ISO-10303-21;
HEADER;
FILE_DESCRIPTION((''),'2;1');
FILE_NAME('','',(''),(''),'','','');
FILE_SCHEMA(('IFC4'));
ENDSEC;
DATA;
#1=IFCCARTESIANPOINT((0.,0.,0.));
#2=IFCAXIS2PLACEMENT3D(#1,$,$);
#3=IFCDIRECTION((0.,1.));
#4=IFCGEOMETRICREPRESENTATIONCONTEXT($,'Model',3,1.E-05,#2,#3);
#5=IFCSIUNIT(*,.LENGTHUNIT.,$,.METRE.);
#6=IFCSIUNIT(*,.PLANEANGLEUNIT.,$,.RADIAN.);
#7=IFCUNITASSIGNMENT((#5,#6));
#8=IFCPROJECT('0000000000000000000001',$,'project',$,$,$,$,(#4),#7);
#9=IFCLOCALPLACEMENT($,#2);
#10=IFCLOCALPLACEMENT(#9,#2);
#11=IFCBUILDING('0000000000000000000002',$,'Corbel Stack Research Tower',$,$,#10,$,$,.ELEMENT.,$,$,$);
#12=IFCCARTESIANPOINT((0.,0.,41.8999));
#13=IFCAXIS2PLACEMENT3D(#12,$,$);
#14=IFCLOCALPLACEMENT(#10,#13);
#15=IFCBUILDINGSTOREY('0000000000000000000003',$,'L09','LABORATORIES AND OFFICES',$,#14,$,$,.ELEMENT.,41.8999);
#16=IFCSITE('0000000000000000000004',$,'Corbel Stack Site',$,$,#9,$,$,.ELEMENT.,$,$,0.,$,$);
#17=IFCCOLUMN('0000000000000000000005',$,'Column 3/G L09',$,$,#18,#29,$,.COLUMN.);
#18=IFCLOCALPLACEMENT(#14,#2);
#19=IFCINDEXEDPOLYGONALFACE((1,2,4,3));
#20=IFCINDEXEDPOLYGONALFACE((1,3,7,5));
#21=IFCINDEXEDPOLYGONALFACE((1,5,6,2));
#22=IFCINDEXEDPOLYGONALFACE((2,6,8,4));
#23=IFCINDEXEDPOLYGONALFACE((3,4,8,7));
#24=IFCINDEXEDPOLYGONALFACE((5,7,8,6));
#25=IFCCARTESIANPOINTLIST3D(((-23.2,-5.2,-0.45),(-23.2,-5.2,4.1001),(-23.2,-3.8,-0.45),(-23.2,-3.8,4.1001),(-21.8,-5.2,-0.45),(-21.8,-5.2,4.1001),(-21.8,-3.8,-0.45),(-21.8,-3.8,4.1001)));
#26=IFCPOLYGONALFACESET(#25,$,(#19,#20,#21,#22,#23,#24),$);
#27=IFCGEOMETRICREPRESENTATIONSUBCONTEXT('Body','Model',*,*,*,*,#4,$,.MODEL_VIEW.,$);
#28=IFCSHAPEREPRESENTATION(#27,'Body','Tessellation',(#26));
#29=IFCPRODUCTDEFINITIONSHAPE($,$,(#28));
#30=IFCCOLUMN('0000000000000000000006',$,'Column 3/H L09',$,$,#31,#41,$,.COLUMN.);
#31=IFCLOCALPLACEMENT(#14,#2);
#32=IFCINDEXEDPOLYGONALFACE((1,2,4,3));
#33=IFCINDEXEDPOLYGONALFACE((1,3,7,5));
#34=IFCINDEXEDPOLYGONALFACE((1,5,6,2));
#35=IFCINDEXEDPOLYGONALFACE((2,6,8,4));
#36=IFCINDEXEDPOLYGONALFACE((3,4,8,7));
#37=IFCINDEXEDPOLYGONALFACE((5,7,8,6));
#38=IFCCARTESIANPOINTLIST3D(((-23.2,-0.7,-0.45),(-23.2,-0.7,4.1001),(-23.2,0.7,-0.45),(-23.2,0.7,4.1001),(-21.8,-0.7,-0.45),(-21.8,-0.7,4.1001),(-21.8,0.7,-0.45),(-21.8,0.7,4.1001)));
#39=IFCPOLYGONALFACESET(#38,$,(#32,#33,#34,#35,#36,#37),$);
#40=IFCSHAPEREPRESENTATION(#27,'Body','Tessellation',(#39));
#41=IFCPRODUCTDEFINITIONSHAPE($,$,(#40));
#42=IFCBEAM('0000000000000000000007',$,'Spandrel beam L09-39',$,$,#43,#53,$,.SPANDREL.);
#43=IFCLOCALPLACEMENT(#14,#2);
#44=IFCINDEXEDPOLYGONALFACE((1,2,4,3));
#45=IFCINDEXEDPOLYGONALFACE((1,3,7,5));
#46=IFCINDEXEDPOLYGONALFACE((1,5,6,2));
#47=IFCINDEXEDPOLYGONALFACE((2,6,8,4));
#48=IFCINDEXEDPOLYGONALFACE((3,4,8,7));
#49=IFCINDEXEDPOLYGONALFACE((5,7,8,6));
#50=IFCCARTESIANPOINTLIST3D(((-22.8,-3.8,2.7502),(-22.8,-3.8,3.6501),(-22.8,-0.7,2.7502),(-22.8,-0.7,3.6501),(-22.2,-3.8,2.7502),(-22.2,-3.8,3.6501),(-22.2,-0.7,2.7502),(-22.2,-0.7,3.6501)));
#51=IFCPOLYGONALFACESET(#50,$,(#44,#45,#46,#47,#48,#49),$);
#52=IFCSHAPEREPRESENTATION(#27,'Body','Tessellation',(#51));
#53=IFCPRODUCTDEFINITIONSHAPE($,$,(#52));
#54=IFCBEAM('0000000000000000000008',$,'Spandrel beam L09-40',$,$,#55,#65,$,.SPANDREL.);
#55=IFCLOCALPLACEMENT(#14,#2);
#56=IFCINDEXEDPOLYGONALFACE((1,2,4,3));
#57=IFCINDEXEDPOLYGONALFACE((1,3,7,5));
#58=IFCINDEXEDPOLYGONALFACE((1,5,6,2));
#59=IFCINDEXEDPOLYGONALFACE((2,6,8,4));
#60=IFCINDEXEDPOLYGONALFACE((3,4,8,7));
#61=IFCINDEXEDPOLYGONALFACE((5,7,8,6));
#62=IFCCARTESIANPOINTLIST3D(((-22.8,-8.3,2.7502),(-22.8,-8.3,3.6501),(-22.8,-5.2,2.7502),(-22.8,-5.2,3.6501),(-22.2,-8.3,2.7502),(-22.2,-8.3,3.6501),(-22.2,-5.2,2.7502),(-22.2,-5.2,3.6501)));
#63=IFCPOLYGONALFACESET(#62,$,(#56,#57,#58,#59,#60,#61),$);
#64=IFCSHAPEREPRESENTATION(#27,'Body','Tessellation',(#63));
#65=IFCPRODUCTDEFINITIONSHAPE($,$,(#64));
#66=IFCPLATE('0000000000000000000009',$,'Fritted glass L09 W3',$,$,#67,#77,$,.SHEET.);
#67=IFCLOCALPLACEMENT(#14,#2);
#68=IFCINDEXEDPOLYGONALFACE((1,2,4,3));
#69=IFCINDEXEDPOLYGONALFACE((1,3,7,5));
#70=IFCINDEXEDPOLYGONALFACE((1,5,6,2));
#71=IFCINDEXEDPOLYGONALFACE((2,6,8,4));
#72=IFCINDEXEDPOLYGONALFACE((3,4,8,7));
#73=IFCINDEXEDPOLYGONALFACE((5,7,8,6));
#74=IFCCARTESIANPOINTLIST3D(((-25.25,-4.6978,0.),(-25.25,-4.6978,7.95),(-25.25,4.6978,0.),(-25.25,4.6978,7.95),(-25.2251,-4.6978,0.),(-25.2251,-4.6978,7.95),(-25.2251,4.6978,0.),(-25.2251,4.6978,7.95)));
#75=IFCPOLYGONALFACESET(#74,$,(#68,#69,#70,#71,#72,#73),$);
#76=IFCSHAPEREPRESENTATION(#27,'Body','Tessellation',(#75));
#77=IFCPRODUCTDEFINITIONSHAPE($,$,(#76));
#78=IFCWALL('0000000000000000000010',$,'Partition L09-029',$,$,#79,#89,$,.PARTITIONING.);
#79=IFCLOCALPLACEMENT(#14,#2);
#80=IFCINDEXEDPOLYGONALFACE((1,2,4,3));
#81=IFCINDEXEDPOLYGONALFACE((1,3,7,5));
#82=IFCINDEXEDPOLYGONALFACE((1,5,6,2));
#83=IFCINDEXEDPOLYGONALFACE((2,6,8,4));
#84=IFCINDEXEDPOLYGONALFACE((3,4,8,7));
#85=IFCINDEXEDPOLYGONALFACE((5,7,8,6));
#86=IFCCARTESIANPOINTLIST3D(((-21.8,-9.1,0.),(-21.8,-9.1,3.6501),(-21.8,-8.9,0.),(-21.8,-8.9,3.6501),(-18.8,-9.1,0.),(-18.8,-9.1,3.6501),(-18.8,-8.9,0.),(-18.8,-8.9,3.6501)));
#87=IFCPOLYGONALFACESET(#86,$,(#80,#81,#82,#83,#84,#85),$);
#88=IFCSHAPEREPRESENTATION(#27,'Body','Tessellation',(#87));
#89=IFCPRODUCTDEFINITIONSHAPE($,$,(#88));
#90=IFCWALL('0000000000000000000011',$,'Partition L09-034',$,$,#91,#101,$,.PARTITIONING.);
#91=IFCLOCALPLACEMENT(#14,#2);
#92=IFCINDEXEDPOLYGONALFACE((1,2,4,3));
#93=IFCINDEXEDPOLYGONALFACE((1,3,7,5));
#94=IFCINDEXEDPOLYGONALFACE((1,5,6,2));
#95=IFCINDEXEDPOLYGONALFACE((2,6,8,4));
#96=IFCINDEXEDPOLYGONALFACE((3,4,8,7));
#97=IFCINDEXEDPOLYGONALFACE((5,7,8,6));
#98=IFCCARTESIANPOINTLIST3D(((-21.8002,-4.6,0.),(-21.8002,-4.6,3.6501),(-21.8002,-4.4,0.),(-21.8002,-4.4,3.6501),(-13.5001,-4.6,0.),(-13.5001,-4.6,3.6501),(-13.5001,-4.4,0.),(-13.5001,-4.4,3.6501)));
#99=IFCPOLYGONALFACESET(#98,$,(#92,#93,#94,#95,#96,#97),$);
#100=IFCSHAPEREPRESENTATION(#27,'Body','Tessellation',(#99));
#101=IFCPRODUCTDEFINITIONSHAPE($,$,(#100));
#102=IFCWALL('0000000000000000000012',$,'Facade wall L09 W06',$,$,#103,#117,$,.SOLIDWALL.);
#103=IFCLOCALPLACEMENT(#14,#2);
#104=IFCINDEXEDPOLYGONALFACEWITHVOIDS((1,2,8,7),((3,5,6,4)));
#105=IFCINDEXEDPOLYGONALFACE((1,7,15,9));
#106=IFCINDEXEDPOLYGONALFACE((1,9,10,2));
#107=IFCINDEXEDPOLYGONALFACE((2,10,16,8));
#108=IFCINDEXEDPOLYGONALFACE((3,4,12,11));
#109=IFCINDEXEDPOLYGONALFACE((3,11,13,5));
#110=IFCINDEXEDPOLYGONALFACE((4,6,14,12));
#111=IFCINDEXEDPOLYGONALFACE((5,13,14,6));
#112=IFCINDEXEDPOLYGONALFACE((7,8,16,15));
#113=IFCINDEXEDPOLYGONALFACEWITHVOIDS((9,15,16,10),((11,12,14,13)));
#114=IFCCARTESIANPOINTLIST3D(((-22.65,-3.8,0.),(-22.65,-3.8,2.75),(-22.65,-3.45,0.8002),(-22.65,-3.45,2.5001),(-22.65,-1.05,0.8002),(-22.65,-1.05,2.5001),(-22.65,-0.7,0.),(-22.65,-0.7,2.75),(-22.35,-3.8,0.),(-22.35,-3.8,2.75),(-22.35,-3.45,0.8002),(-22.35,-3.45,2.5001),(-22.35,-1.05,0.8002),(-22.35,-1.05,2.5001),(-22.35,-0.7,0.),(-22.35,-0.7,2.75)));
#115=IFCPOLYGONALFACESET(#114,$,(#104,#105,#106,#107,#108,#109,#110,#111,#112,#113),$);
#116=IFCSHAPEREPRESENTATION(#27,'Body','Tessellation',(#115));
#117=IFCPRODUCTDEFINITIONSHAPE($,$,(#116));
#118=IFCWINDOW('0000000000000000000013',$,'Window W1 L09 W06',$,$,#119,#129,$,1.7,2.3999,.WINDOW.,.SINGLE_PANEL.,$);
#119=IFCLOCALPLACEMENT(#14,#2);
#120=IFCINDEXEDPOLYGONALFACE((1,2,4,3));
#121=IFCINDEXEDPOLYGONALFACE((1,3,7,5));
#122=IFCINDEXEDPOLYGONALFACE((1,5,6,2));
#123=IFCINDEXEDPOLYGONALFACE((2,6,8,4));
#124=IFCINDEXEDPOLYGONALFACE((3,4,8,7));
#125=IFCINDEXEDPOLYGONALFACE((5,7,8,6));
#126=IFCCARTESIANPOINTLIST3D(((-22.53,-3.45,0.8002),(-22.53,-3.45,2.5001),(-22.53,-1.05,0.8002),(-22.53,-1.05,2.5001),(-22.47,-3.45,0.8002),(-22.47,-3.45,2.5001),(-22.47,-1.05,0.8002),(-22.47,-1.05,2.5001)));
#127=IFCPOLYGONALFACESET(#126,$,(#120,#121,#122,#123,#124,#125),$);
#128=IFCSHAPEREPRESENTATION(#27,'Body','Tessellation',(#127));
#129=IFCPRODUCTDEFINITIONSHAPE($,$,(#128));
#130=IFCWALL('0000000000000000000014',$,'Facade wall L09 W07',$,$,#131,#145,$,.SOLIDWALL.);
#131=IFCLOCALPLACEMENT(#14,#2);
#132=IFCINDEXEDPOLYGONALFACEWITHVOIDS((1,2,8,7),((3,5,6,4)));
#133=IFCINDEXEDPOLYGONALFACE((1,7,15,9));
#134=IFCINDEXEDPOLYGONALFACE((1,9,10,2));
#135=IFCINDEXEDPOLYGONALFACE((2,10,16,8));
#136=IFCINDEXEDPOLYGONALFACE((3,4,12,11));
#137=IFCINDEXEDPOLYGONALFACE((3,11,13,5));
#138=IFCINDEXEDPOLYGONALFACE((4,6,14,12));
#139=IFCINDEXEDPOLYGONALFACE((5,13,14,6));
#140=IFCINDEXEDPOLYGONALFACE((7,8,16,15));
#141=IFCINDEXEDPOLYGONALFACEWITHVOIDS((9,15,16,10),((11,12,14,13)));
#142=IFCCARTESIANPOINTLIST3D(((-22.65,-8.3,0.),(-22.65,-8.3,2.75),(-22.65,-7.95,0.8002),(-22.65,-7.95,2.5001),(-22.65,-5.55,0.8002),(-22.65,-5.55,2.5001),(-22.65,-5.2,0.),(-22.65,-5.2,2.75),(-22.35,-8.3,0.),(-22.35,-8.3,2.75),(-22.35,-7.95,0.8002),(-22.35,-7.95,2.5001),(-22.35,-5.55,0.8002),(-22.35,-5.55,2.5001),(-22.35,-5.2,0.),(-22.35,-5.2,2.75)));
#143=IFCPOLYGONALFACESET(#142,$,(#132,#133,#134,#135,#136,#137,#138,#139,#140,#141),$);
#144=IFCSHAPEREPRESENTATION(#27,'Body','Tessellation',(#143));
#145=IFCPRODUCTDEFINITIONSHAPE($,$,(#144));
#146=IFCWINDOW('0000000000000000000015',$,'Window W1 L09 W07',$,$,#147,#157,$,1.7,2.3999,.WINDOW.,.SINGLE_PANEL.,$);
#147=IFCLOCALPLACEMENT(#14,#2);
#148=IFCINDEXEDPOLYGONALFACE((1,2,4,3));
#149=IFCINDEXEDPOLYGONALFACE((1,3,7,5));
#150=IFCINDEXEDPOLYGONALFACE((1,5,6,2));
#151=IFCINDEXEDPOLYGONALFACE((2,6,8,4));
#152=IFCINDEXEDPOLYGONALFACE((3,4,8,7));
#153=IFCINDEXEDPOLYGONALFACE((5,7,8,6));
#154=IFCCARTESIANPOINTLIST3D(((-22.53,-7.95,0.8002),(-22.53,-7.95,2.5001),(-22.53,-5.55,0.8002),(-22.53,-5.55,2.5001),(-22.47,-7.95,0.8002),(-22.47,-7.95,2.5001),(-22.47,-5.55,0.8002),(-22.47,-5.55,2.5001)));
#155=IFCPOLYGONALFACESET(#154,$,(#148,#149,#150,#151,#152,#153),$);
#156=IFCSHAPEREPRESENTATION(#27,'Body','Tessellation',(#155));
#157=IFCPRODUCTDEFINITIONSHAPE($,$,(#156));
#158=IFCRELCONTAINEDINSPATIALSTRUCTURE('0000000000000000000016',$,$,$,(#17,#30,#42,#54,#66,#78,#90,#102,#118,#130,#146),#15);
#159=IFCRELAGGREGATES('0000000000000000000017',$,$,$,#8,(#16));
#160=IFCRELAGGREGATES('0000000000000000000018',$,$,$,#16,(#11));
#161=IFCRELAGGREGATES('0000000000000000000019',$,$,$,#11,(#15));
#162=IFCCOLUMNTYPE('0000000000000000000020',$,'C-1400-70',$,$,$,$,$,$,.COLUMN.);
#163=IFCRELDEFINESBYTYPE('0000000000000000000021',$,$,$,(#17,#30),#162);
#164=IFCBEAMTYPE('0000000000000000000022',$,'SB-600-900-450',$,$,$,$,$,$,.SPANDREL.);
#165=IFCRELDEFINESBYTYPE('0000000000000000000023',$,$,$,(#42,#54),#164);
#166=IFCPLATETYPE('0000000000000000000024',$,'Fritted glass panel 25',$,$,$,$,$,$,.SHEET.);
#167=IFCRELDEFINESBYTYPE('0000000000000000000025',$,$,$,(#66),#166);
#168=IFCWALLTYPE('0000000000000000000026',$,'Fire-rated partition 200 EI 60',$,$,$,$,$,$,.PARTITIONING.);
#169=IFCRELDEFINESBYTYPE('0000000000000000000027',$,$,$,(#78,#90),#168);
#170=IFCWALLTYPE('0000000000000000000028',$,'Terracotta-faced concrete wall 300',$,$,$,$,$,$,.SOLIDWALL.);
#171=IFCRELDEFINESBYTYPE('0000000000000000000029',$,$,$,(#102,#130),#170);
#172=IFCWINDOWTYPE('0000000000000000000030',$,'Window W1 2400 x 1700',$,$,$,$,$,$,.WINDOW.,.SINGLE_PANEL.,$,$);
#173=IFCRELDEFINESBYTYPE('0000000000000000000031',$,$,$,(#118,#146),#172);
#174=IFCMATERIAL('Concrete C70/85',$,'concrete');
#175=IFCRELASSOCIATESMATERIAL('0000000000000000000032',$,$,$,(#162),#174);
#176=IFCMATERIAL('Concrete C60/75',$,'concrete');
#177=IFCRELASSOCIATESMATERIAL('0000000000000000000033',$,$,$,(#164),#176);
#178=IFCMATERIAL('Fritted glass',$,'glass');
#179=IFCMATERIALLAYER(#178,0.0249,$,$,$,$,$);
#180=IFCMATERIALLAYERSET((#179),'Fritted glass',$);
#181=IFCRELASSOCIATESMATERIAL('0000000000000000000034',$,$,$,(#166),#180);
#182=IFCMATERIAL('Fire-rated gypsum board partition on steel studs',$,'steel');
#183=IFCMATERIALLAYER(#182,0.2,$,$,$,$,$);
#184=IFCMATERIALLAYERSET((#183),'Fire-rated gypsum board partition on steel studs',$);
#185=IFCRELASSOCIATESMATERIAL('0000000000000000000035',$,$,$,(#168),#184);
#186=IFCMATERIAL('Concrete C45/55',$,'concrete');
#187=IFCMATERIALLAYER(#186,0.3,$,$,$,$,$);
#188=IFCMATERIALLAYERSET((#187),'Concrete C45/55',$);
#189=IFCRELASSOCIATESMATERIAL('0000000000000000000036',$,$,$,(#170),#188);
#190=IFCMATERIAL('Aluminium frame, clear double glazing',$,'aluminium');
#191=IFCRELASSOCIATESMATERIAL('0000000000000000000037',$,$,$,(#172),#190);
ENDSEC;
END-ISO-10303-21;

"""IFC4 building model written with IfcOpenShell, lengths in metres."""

from ifc_helpers import new_model, si_unit, direction, frame, frame_2d, origin, origin_2d, place, context, subcontext, project, spatial, rectangle, extrude, material, layer, layer_set, material_profile, profile_set, type_object, element, fill, save


model = new_model("IFC4")

# Units and contexts
model_context = context("Model", 3, precision=1e-05, world=origin(), true_north=direction((0.0, 1.0)))
body_context = subcontext(model_context, "Body", "Model", "MODEL_VIEW")
ifc_project = project(units=[si_unit("LENGTHUNIT", "METRE"), si_unit("PLANEANGLEUNIT", "RADIAN")], contexts=[model_context])

# Site, building, storey
site_placement = place(None, origin())
site = spatial("IfcSite", under=ifc_project, at=site_placement, Name="Corbel Stack Site", CompositionType="ELEMENT", RefElevation=0.0)
building_placement = place(site_placement, origin())
building = spatial("IfcBuilding", under=site, at=building_placement, Name="Corbel Stack Research Tower", CompositionType="ELEMENT")
storey_placement = place(building_placement, frame((0.0, 0.0, 41.8999)))
storey = spatial("IfcBuildingStorey", under=building, at=storey_placement, Name="L09", Description="LABORATORIES AND OFFICES", CompositionType="ELEMENT", Elevation=41.8999)

# Columns
ifc_material_1 = material(Name="Concrete C70/85", Category="concrete")
ifc_material_profile_1 = material_profile(ifc_material_1, rectangle(XDim=1.3999, YDim=1.3999, at=origin_2d()), Name="RC 1400 x 1400")
ifc_profile_set_1 = profile_set([ifc_material_profile_1], Name="Concrete C70/85")
column_type = type_object("IfcColumnType", Name="C-1400-70", PredefinedType="COLUMN", material=ifc_profile_set_1)
for number, where, z_axis, x_axis, name in (
    (1, (-22.5, -4.5, -0.45), (0.0, 0.0, 1.0), (1.0, 0.0, 0.0), "Column 3/G L09"),
    (2, (-22.5, 0.0, -0.45), (0.0, 0.0, 1.0), (1.0, 0.0, 0.0), "Column 3/H L09"),
):
    element("IfcColumn", number, at=place(storey_placement, frame(where, z_axis=z_axis, x_axis=x_axis)), inside=storey, type_object=column_type, Name=name, PredefinedType="COLUMN", context=body_context, shape_type="SweptSolid", body=[
        extrude(rectangle(XDim=1.3999, YDim=1.3999, at=origin_2d()), origin(), (0.0, 0.0, 1.0), 4.55),
    ])

# Beams
ifc_material_2 = material(Name="Concrete C60/75", Category="concrete")
ifc_material_profile_2 = material_profile(ifc_material_2, rectangle(XDim=0.6001, YDim=0.8999, at=origin_2d()), Name="RC 600 x 900")
ifc_profile_set_2 = profile_set([ifc_material_profile_2], Name="Concrete C60/75")
beam_type = type_object("IfcBeamType", Name="SB-600-900-450", PredefinedType="SPANDREL", material=ifc_profile_set_2)
for number, where, z_axis, x_axis, name in (
    (3, (-22.5, -0.7, 3.2002), (0.0, -1.0, 0.0), (1.0, 0.0, 0.0), "Spandrel beam L09-39"),
    (4, (-22.5, -5.2, 3.2002), (0.0, -1.0, 0.0), (1.0, 0.0, 0.0), "Spandrel beam L09-40"),
):
    element("IfcBeam", number, at=place(storey_placement, frame(where, z_axis=z_axis, x_axis=x_axis)), inside=storey, type_object=beam_type, Name=name, PredefinedType="SPANDREL", context=body_context, shape_type="SweptSolid", body=[
        extrude(rectangle(XDim=0.6001, YDim=0.8999, at=origin_2d()), origin(), (0.0, 0.0, 1.0), 3.1001),
    ])

# Plate
ifc_material_3 = material(Name="Fritted glass", Category="glass")
ifc_layer_1 = layer(ifc_material_3, 0.0249)
ifc_layer_set_1 = layer_set([ifc_layer_1], Name="Fritted glass")
plate_type = type_object("IfcPlateType", Name="Fritted glass panel 25", PredefinedType="SHEET", material=ifc_layer_set_1)
plate_placement = place(storey_placement, frame((-25.2375, 0.0, 0.0), z_axis=(0.0, 0.0, 1.0), x_axis=(0.0, -1.0, 0.0)))
element("IfcPlate", 5, at=plate_placement, inside=storey, type_object=plate_type, Name="Fritted glass L09 W3", PredefinedType="SHEET", context=body_context, shape_type="SweptSolid", body=[
    extrude(rectangle(XDim=9.3955, YDim=0.0249, at=origin_2d()), origin(), (0.0, 0.0, 1.0), 7.95),
])

# Walls
ifc_material_4 = material(Name="Fire-rated gypsum board partition on steel studs", Category="steel")
ifc_layer_2 = layer(ifc_material_4, 0.2)
ifc_layer_set_2 = layer_set([ifc_layer_2], Name="Fire-rated gypsum board partition on steel studs")
wall_type_1 = type_object("IfcWallType", Name="Fire-rated partition 200 EI 60", PredefinedType="PARTITIONING", material=ifc_layer_set_2)
wall_1_placement = place(storey_placement, frame((-21.8, -9.0, 0.0), z_axis=(0.0, 0.0, 1.0), x_axis=(1.0, 0.0, 0.0)))
element("IfcWall", 6, at=wall_1_placement, inside=storey, type_object=wall_type_1, Name="Partition L09-029", PredefinedType="PARTITIONING", context=body_context, shape_type="SweptSolid", body=[
    extrude(rectangle(XDim=3.0, YDim=0.2, at=frame_2d((1.5, 0.0))), origin(), (0.0, 0.0, 1.0), 3.6501),
])
wall_2_placement = place(storey_placement, frame((-21.8, -4.5, 0.0), z_axis=(0.0, 0.0, 1.0), x_axis=(1.0, 0.0, 0.0)))
element("IfcWall", 7, at=wall_2_placement, inside=storey, type_object=wall_type_1, Name="Partition L09-034", PredefinedType="PARTITIONING", context=body_context, shape_type="SweptSolid", body=[
    extrude(rectangle(XDim=8.3, YDim=0.2, at=frame_2d((4.1499, 0.0))), origin(), (0.0, 0.0, 1.0), 3.6501),
])

# Walls, openings, windows
ifc_material_5 = material(Name="Concrete C45/55", Category="concrete")
ifc_layer_3 = layer(ifc_material_5, 0.3)
ifc_layer_set_3 = layer_set([ifc_layer_3], Name="Concrete C45/55")
wall_type_2 = type_object("IfcWallType", Name="Terracotta-faced concrete wall 300", PredefinedType="SOLIDWALL", material=ifc_layer_set_3)
wall_3_placement = place(storey_placement, frame((-22.5, -3.8, 0.0), z_axis=(0.0, 0.0, 1.0), x_axis=(0.0, 1.0, 0.0)))
wall_3 = element("IfcWall", 8, at=wall_3_placement, inside=storey, type_object=wall_type_2, Name="Facade wall L09 W06", PredefinedType="SOLIDWALL", context=body_context, shape_type="SweptSolid", body=[
    extrude(rectangle(XDim=3.1001, YDim=0.3, at=frame_2d((1.55, 0.0))), origin(), (0.0, 0.0, 1.0), 2.75),
])
opening_1_placement = place(wall_3_placement, frame((0.3501, 0.0, 0.8)))
opening_1 = element("IfcOpeningElement", 9, at=opening_1_placement, cuts=wall_3, PredefinedType="OPENING", context=body_context, shape_type="SweptSolid", body=[
    extrude(rectangle(XDim=2.3999, YDim=1.7, at=frame_2d((1.2, 0.8501))), frame((0.0, 0.1599, 0.0), z_axis=(0.0, -1.0, 0.0), x_axis=(1.0, 0.0, 0.0)), (0.0, 0.0, 1.0), 0.3201),
])
ifc_material_6 = material(Name="Aluminium frame, clear double glazing", Category="aluminium")
window_type = type_object("IfcWindowType", Name="Window W1 2400 x 1700", PartitioningType="SINGLE_PANEL", PredefinedType="WINDOW", material=ifc_material_6)
window_1_placement = place(opening_1_placement, origin())
window_1 = element("IfcWindow", 10, at=window_1_placement, inside=storey, type_object=window_type, Name="Window W1 L09 W06", OverallHeight=1.7, OverallWidth=2.3999, PartitioningType="SINGLE_PANEL", PredefinedType="WINDOW", context=body_context, shape_type="SweptSolid", body=[
    extrude(rectangle(XDim=2.3999, YDim=1.7, at=frame_2d((1.2, 0.8501))), frame((0.0, 0.03, 0.0), z_axis=(0.0, -1.0, 0.0), x_axis=(1.0, 0.0, 0.0)), (0.0, 0.0, 1.0), 0.0601),
])
fill(opening_1, window_1)
wall_4_placement = place(storey_placement, frame((-22.5, -8.3, 0.0), z_axis=(0.0, 0.0, 1.0), x_axis=(0.0, 1.0, 0.0)))
wall_4 = element("IfcWall", 11, at=wall_4_placement, inside=storey, type_object=wall_type_2, Name="Facade wall L09 W07", PredefinedType="SOLIDWALL", context=body_context, shape_type="SweptSolid", body=[
    extrude(rectangle(XDim=3.1001, YDim=0.3, at=frame_2d((1.55, 0.0))), origin(), (0.0, 0.0, 1.0), 2.75),
])
opening_2_placement = place(wall_4_placement, frame((0.3501, 0.0, 0.8)))
opening_2 = element("IfcOpeningElement", 12, at=opening_2_placement, cuts=wall_4, PredefinedType="OPENING", context=body_context, shape_type="SweptSolid", body=[
    extrude(rectangle(XDim=2.3999, YDim=1.7, at=frame_2d((1.2, 0.8501))), frame((0.0, 0.1599, 0.0), z_axis=(0.0, -1.0, 0.0), x_axis=(1.0, 0.0, 0.0)), (0.0, 0.0, 1.0), 0.3201),
])
window_2_placement = place(opening_2_placement, origin())
window_2 = element("IfcWindow", 13, at=window_2_placement, inside=storey, type_object=window_type, Name="Window W1 L09 W07", OverallHeight=1.7, OverallWidth=2.3999, PartitioningType="SINGLE_PANEL", PredefinedType="WINDOW", context=body_context, shape_type="SweptSolid", body=[
    extrude(rectangle(XDim=2.3999, YDim=1.7, at=frame_2d((1.2, 0.8501))), frame((0.0, 0.03, 0.0), z_axis=(0.0, -1.0, 0.0), x_axis=(1.0, 0.0, 0.0)), (0.0, 0.0, 1.0), 0.0601),
])
fill(opening_2, window_2)

save(model, "model.ifc")
